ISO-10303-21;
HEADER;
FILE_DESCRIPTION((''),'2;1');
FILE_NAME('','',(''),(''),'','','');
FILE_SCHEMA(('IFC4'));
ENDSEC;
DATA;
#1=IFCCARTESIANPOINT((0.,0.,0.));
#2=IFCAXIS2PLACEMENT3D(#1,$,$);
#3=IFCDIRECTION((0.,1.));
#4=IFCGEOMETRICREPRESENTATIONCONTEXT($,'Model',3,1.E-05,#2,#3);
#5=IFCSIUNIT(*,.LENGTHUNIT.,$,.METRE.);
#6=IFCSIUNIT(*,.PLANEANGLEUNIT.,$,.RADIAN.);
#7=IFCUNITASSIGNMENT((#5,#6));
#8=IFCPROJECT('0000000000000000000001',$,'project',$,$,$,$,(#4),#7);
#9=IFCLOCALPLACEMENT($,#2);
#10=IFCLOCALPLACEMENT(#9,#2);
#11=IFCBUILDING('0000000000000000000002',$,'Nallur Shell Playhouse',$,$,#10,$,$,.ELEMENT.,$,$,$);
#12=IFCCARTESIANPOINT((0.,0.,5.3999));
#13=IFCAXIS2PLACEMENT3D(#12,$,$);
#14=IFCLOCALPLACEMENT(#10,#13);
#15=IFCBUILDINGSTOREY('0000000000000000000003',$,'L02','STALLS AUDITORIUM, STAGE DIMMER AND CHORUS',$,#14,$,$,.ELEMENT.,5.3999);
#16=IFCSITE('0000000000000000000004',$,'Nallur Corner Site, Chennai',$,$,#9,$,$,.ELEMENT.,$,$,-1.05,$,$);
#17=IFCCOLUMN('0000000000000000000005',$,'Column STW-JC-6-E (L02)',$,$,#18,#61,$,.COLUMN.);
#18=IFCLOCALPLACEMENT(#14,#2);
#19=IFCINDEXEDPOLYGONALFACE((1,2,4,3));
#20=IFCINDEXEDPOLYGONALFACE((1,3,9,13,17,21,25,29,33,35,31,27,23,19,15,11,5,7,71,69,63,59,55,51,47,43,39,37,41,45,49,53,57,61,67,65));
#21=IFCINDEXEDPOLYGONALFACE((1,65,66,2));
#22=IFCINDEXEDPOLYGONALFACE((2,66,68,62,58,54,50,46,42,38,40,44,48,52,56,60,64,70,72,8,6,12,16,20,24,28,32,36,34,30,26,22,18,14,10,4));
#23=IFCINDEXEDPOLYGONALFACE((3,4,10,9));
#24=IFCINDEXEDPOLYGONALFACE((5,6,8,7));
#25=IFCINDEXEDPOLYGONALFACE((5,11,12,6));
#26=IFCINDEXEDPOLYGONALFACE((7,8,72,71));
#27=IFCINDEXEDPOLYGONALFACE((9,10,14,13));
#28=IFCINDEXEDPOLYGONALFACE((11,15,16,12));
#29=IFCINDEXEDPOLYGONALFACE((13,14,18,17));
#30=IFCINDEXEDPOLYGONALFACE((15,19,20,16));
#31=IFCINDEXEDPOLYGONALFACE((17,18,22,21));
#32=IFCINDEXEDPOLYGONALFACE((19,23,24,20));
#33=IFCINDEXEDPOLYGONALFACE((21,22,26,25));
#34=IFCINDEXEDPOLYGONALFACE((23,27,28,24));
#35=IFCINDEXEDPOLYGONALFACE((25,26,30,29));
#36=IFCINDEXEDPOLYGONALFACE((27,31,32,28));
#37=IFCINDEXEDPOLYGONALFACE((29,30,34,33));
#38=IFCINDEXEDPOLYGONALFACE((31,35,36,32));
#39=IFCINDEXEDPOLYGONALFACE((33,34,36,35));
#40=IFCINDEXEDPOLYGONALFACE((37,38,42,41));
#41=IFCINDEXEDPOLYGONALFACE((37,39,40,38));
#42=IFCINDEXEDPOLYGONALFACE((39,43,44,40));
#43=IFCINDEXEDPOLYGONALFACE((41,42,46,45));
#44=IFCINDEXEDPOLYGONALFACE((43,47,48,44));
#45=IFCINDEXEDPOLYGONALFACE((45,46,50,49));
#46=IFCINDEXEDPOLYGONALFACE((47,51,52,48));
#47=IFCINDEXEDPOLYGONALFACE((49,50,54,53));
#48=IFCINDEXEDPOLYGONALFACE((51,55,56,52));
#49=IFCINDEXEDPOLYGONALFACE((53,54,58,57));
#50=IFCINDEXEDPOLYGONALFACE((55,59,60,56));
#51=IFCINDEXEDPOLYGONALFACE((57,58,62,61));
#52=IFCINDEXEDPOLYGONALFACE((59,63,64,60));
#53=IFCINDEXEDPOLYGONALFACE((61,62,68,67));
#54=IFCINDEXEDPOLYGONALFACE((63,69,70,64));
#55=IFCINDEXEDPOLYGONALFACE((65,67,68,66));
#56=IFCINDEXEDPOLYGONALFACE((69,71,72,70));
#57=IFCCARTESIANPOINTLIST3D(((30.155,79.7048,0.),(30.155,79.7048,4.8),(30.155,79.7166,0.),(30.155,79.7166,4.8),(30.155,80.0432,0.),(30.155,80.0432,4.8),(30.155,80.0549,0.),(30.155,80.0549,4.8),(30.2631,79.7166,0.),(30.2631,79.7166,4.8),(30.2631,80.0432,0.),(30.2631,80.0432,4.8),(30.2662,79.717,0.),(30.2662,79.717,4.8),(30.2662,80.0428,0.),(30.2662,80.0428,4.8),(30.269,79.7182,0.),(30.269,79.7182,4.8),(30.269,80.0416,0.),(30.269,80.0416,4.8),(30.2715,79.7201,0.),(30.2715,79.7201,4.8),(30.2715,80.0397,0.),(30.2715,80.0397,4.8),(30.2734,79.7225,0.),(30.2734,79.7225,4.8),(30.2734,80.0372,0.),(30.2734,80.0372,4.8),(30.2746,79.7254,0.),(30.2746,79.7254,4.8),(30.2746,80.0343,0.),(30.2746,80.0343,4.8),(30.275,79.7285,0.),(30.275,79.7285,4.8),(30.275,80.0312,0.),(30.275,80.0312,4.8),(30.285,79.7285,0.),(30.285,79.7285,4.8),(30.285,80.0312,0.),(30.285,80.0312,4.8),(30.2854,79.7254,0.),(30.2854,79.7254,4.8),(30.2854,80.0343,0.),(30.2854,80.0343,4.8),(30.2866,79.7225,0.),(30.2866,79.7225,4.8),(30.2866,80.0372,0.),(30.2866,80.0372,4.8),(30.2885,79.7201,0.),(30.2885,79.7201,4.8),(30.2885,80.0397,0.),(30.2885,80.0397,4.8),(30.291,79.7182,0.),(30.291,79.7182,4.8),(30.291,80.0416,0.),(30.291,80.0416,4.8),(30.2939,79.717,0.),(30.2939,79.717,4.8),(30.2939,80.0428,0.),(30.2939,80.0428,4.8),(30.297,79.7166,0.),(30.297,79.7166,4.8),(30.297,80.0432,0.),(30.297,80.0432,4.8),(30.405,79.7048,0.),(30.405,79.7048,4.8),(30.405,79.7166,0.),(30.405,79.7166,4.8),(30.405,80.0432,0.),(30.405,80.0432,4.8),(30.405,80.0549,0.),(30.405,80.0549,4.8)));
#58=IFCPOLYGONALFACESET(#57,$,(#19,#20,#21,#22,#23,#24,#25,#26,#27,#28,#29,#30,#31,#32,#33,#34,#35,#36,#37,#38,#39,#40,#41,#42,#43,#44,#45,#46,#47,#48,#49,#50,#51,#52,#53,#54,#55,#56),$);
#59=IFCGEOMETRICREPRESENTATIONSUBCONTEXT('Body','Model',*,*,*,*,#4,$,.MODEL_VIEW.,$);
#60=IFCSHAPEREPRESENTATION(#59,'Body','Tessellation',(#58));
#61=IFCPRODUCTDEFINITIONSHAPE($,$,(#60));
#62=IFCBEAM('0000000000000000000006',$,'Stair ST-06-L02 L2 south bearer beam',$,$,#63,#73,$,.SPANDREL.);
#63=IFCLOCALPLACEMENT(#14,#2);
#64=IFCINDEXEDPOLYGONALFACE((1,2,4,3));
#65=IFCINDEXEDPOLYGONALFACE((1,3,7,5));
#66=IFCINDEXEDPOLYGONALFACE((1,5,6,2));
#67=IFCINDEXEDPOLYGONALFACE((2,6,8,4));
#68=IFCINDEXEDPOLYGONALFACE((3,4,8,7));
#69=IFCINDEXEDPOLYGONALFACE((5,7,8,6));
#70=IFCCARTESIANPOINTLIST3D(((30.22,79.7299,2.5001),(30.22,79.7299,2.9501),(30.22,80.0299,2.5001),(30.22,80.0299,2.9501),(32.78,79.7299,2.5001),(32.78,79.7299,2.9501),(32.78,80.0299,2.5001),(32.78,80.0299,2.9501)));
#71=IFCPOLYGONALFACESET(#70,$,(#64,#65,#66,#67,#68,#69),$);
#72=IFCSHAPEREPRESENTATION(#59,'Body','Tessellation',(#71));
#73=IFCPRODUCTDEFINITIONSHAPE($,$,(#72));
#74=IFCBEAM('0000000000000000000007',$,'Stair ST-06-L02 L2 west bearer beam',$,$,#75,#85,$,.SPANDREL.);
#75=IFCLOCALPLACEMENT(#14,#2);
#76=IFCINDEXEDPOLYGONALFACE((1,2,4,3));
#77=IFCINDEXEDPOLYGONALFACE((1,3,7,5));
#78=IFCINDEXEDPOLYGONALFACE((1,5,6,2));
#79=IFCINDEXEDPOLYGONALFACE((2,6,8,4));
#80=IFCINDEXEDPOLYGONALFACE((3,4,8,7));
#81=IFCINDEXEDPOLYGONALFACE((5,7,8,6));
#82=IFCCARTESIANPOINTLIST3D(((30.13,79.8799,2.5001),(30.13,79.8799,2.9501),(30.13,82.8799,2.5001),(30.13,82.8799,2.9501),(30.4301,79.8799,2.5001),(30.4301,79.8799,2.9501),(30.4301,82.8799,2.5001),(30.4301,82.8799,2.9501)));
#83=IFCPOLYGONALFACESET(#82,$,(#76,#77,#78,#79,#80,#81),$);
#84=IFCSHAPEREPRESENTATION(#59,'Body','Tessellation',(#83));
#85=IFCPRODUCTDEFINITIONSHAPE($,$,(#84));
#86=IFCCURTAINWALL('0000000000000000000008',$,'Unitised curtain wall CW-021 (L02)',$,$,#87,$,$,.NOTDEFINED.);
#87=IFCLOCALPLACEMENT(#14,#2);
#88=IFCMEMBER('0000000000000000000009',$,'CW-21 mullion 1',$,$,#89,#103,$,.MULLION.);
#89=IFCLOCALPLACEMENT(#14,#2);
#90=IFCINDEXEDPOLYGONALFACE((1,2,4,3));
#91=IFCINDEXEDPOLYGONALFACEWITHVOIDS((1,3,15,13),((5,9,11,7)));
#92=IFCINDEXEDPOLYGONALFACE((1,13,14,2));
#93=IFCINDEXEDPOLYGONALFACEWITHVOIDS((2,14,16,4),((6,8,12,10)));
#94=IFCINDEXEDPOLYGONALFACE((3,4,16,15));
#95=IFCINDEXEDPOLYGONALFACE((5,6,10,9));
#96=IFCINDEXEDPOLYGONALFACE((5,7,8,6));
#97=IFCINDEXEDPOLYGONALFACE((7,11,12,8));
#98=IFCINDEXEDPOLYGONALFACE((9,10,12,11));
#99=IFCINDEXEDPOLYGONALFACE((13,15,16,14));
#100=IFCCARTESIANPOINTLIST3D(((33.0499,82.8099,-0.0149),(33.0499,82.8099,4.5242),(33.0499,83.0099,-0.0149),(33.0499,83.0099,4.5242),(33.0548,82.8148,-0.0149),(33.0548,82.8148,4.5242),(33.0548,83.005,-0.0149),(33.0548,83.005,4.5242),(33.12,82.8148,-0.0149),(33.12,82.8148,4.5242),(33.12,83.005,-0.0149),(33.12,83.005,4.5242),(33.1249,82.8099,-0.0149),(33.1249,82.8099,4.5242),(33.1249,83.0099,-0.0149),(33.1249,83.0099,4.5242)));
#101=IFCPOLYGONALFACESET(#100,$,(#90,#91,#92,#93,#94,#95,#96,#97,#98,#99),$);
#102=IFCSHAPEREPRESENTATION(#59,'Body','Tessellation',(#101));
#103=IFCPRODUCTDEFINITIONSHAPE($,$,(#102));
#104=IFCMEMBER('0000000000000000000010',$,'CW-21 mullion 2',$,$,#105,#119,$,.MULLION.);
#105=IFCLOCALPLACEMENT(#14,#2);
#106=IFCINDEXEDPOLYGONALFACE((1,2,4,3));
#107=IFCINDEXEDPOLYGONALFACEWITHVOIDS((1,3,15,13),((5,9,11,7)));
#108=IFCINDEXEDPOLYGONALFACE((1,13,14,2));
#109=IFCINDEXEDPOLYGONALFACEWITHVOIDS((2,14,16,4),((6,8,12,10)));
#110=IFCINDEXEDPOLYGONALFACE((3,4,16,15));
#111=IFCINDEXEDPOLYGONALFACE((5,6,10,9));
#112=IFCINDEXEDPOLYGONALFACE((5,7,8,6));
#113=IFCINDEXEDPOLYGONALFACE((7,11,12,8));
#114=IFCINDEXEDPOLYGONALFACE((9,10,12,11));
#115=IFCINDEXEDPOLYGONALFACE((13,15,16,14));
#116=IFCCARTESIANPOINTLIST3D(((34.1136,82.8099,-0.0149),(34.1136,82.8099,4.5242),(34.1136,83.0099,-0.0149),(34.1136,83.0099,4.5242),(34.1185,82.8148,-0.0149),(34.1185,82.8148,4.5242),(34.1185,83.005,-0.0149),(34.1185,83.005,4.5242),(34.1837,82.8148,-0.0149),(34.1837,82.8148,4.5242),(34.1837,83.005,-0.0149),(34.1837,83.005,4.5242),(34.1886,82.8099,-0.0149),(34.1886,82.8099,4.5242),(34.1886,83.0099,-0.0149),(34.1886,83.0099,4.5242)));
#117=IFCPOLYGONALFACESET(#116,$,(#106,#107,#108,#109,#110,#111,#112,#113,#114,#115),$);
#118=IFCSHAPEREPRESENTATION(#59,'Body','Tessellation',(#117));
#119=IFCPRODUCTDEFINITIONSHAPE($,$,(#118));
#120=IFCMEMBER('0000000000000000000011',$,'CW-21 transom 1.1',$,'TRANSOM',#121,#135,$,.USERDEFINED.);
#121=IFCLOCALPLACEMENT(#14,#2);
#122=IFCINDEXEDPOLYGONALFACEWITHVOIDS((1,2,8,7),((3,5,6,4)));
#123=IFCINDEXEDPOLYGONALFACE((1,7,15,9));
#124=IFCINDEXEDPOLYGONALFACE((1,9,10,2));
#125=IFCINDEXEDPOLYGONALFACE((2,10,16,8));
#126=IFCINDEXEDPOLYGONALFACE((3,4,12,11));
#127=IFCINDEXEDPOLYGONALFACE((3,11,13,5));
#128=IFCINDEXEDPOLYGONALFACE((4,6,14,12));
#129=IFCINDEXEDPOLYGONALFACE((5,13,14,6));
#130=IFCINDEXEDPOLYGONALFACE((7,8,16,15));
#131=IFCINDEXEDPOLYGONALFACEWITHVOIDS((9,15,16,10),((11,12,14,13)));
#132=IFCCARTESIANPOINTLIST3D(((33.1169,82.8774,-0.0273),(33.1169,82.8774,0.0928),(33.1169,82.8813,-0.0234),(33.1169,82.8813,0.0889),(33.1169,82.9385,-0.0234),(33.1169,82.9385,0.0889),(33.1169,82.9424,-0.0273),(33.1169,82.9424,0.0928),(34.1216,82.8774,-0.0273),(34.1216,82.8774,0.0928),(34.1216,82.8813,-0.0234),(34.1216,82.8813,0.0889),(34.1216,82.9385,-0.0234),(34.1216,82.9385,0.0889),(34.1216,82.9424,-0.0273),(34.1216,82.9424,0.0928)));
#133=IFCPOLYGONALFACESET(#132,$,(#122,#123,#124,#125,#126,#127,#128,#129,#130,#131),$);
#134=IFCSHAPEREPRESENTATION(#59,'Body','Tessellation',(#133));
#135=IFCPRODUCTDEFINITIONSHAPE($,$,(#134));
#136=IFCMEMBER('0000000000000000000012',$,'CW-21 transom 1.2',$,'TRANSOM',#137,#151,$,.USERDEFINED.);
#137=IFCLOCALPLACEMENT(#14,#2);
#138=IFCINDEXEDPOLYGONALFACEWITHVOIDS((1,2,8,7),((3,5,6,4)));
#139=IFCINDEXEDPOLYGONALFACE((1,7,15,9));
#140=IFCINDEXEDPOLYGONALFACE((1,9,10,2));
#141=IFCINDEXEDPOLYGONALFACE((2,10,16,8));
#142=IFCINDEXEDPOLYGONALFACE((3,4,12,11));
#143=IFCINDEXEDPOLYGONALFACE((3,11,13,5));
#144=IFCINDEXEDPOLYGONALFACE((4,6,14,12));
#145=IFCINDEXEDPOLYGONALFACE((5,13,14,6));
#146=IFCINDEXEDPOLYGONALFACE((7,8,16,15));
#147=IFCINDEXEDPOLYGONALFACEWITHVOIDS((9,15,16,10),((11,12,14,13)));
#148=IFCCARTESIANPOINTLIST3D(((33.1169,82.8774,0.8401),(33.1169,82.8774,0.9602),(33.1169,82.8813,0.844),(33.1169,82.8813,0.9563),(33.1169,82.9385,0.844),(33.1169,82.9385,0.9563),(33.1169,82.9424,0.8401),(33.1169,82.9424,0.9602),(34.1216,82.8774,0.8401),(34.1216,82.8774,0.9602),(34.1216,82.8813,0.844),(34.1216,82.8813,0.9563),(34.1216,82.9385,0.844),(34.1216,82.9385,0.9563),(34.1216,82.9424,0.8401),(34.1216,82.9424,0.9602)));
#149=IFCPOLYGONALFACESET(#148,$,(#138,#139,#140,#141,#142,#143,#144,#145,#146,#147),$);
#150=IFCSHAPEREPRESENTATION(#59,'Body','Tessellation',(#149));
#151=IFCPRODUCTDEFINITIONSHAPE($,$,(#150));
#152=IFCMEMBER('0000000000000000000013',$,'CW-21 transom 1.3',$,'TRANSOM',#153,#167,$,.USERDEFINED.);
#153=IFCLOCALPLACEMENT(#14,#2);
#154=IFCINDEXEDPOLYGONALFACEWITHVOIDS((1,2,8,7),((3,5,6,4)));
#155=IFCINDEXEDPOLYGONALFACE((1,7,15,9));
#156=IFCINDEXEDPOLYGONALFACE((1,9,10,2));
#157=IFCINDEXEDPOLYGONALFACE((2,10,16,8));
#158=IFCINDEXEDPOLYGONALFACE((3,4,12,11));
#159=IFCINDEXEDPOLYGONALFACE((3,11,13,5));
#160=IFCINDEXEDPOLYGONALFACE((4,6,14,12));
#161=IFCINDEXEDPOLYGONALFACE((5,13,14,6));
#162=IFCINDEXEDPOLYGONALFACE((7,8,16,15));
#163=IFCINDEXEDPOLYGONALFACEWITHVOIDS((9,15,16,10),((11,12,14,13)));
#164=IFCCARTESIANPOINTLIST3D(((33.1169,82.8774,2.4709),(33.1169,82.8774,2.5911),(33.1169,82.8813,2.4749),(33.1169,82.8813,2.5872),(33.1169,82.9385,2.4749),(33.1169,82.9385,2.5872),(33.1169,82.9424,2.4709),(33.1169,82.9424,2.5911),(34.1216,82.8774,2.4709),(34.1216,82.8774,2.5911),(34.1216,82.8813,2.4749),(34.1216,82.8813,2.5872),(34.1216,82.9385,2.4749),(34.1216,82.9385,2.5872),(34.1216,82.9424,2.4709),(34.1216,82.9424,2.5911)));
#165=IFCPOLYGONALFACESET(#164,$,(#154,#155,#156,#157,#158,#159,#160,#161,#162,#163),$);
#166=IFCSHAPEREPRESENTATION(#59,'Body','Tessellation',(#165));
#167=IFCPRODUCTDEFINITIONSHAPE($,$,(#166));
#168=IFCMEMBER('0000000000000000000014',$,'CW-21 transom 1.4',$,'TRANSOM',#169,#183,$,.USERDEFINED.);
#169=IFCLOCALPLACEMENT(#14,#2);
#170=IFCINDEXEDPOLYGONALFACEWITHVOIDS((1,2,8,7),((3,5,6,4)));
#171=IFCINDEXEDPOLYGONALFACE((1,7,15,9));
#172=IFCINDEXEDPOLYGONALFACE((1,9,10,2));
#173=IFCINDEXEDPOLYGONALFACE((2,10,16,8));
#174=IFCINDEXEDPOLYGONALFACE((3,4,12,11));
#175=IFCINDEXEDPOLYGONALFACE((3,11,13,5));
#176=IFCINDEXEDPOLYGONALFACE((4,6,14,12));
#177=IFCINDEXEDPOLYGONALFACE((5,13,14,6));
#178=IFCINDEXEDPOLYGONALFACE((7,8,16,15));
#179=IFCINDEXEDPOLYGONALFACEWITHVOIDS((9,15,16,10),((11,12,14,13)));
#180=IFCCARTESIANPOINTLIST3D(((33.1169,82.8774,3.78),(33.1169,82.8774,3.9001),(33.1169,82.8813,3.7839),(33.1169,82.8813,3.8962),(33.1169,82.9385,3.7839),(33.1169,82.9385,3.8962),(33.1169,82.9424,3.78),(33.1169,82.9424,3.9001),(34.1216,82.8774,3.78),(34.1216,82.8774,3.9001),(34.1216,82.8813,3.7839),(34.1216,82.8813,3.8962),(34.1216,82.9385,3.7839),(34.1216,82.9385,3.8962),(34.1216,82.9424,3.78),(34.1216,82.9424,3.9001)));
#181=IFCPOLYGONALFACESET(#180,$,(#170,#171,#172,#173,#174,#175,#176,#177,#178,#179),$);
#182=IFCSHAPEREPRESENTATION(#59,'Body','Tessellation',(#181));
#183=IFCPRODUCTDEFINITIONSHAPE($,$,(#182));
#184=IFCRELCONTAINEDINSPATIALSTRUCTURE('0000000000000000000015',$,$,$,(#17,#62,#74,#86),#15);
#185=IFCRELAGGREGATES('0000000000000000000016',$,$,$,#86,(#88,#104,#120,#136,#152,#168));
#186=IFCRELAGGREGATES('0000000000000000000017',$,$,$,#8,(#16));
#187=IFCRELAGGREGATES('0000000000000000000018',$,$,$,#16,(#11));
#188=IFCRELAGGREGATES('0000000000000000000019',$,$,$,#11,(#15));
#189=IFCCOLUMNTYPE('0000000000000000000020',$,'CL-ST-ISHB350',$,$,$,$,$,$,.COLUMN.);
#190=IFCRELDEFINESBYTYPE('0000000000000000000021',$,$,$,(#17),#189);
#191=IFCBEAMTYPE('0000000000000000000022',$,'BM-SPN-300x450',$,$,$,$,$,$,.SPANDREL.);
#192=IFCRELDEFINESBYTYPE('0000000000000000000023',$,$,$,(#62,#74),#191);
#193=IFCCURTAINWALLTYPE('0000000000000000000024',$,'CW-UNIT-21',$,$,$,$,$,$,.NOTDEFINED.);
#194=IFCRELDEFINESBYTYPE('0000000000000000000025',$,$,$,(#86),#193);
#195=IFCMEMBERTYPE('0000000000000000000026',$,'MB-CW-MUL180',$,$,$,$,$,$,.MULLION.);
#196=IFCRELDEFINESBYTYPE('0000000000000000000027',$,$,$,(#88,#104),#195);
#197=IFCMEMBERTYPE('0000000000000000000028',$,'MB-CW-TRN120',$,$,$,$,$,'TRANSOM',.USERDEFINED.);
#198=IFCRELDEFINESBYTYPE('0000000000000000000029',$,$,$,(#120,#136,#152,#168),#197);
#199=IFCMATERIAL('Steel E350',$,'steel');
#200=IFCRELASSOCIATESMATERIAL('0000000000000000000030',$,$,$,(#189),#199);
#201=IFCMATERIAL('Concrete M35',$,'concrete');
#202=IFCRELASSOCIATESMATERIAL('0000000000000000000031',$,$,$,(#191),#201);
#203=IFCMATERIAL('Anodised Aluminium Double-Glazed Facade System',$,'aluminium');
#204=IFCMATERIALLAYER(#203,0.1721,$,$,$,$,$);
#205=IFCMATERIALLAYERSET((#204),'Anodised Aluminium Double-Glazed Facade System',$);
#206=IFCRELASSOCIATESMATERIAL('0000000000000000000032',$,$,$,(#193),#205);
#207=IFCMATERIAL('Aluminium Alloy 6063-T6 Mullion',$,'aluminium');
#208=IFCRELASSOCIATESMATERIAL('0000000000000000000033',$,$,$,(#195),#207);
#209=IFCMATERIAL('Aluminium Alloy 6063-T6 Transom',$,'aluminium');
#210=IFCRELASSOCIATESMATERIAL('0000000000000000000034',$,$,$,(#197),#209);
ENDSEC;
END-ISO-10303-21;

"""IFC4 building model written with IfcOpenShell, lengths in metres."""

from ifc_helpers import new_model, si_unit, direction, frame, origin, origin_2d, place, context, subcontext, project, spatial, rectangle, hollow_rectangle, i_section, extrude, material, layer, layer_set, material_profile, profile_set, type_object, element, aggregate, save


model = new_model("IFC4")

# Units and contexts
model_context = context("Model", 3, precision=1e-05, world=origin(), true_north=direction((0.0, 1.0)))
body_context = subcontext(model_context, "Body", "Model", "MODEL_VIEW")
ifc_project = project(units=[si_unit("LENGTHUNIT", "METRE"), si_unit("PLANEANGLEUNIT", "RADIAN")], contexts=[model_context])

# Site, building, storey
site_placement = place(None, origin())
site = spatial("IfcSite", under=ifc_project, at=site_placement, Name="Nallur Corner Site, Chennai", CompositionType="ELEMENT", RefElevation=-1.05)
building_placement = place(site_placement, origin())
building = spatial("IfcBuilding", under=site, at=building_placement, Name="Nallur Shell Playhouse", CompositionType="ELEMENT")
storey_placement = place(building_placement, frame((0.0, 0.0, 5.3999)))
storey = spatial("IfcBuildingStorey", under=building, at=storey_placement, Name="L02", Description="STALLS AUDITORIUM, STAGE DIMMER AND CHORUS", CompositionType="ELEMENT", Elevation=5.3999)

# Column
ifc_material_1 = material(Name="Steel E350", Category="steel")
ifc_material_profile_1 = material_profile(ifc_material_1, i_section(OverallWidth=0.25, OverallDepth=0.3501, WebThickness=0.01, FlangeThickness=0.0117, FilletRadius=0.012, at=origin_2d()), Name="ISHB 350")
ifc_profile_set_1 = profile_set([ifc_material_profile_1], Name="Steel E350")
column_type = type_object("IfcColumnType", Name="CL-ST-ISHB350", PredefinedType="COLUMN", material=ifc_profile_set_1)
column_placement = place(storey_placement, frame((30.28, 79.8799, 0.0), z_axis=(0.0, 0.0, 1.0), x_axis=(1.0, 0.0, 0.0)))
element("IfcColumn", 1, at=column_placement, inside=storey, type_object=column_type, Name="Column STW-JC-6-E (L02)", PredefinedType="COLUMN", context=body_context, shape_type="SweptSolid", body=[
    extrude(i_section(OverallWidth=0.25, OverallDepth=0.3501, WebThickness=0.01, FlangeThickness=0.0117, FilletRadius=0.012, at=origin_2d()), origin(), (0.0, 0.0, 1.0), 4.8),
])

# Beams
ifc_material_2 = material(Name="Concrete M35", Category="concrete")
ifc_material_profile_2 = material_profile(ifc_material_2, rectangle(XDim=0.3, YDim=0.45, at=origin_2d()), Name="RC 300x450")
ifc_profile_set_2 = profile_set([ifc_material_profile_2], Name="Concrete M35")
beam_type = type_object("IfcBeamType", Name="BM-SPN-300x450", PredefinedType="SPANDREL", material=ifc_profile_set_2)
beam_1_placement = place(storey_placement, frame((30.22, 79.8799, 2.7251), z_axis=(1.0, 0.0, 0.0), x_axis=(0.0, 1.0, 0.0)))
element("IfcBeam", 2, at=beam_1_placement, inside=storey, type_object=beam_type, Name="Stair ST-06-L02 L2 south bearer beam", PredefinedType="SPANDREL", context=body_context, shape_type="SweptSolid", body=[
    extrude(rectangle(XDim=0.3, YDim=0.45, at=origin_2d()), origin(), (0.0, 0.0, 1.0), 2.5601),
])
beam_2_placement = place(storey_placement, frame((30.28, 79.8799, 2.7251), z_axis=(0.0, 1.0, 0.0), x_axis=(-1.0, 0.0, 0.0)))
element("IfcBeam", 3, at=beam_2_placement, inside=storey, type_object=beam_type, Name="Stair ST-06-L02 L2 west bearer beam", PredefinedType="SPANDREL", context=body_context, shape_type="SweptSolid", body=[
    extrude(rectangle(XDim=0.3, YDim=0.45, at=origin_2d()), origin(), (0.0, 0.0, 1.0), 3.0),
])

# Curtain wall, members
ifc_material_3 = material(Name="Anodised Aluminium Double-Glazed Facade System", Category="aluminium")
ifc_layer_1 = layer(ifc_material_3, 0.1721)
ifc_layer_set_1 = layer_set([ifc_layer_1], Name="Anodised Aluminium Double-Glazed Facade System")
curtain_wall_type = type_object("IfcCurtainWallType", Name="CW-UNIT-21", PredefinedType="NOTDEFINED", material=ifc_layer_set_1)
curtain_wall_placement = place(storey_placement, origin())
curtain_wall = element("IfcCurtainWall", 4, at=curtain_wall_placement, inside=storey, type_object=curtain_wall_type, Name="Unitised curtain wall CW-021 (L02)", PredefinedType="NOTDEFINED")
ifc_material_4 = material(Name="Aluminium Alloy 6063-T6 Mullion", Category="aluminium")
ifc_material_profile_3 = material_profile(ifc_material_4, hollow_rectangle(XDim=0.075, YDim=0.2, WallThickness=0.0049, at=origin_2d()), Name="ALU 75x200x5")
ifc_profile_set_3 = profile_set([ifc_material_profile_3], Name="Aluminium Alloy 6063-T6 Mullion")
member_type_1 = type_object("IfcMemberType", Name="MB-CW-MUL180", PredefinedType="MULLION", material=ifc_profile_set_3)
member_1_placement = place(storey_placement, frame((33.0874, 82.9099, -0.0149), z_axis=(0.0, 0.0, 1.0), x_axis=(1.0, 0.0, 0.0)))
member_1 = element("IfcMember", 5, at=member_1_placement, type_object=member_type_1, Name="CW-21 mullion 1", PredefinedType="MULLION", context=body_context, shape_type="SweptSolid", body=[
    extrude(hollow_rectangle(XDim=0.075, YDim=0.2, WallThickness=0.0049, at=origin_2d()), origin(), (0.0, 0.0, 1.0), 4.5391),
])
member_2_placement = place(storey_placement, frame((34.1511, 82.9099, -0.0149), z_axis=(0.0, 0.0, 1.0), x_axis=(1.0, 0.0, 0.0)))
member_2 = element("IfcMember", 6, at=member_2_placement, type_object=member_type_1, Name="CW-21 mullion 2", PredefinedType="MULLION", context=body_context, shape_type="SweptSolid", body=[
    extrude(hollow_rectangle(XDim=0.075, YDim=0.2, WallThickness=0.0049, at=origin_2d()), origin(), (0.0, 0.0, 1.0), 4.5391),
])
ifc_material_5 = material(Name="Aluminium Alloy 6063-T6 Transom", Category="aluminium")
ifc_material_profile_4 = material_profile(ifc_material_5, hollow_rectangle(XDim=0.0649, YDim=0.1201, WallThickness=0.0039, at=origin_2d()), Name="ALU 65x120x4")
ifc_profile_set_4 = profile_set([ifc_material_profile_4], Name="Aluminium Alloy 6063-T6 Transom")
member_type_2 = type_object("IfcMemberType", Name="MB-CW-TRN120", ElementType="TRANSOM", PredefinedType="USERDEFINED", material=ifc_profile_set_4)
member_3_placement = place(storey_placement, frame((33.1169, 82.9099, 0.0327), z_axis=(1.0, 0.0, 0.0), x_axis=(0.0, 1.0, 0.0)))
member_3 = element("IfcMember", 7, at=member_3_placement, type_object=member_type_2, Name="CW-21 transom 1.1", ObjectType="TRANSOM", PredefinedType="USERDEFINED", context=body_context, shape_type="SweptSolid", body=[
    extrude(hollow_rectangle(XDim=0.0649, YDim=0.1201, WallThickness=0.0039, at=origin_2d()), origin(), (0.0, 0.0, 1.0), 1.0046),
])
member_4_placement = place(storey_placement, frame((33.1169, 82.9099, 0.9001), z_axis=(1.0, 0.0, 0.0), x_axis=(0.0, 1.0, 0.0)))
member_4 = element("IfcMember", 8, at=member_4_placement, type_object=member_type_2, Name="CW-21 transom 1.2", ObjectType="TRANSOM", PredefinedType="USERDEFINED", context=body_context, shape_type="SweptSolid", body=[
    extrude(hollow_rectangle(XDim=0.0649, YDim=0.1201, WallThickness=0.0039, at=origin_2d()), origin(), (0.0, 0.0, 1.0), 1.0046),
])
member_5_placement = place(storey_placement, frame((33.1169, 82.9099, 2.531), z_axis=(1.0, 0.0, 0.0), x_axis=(0.0, 1.0, 0.0)))
member_5 = element("IfcMember", 9, at=member_5_placement, type_object=member_type_2, Name="CW-21 transom 1.3", ObjectType="TRANSOM", PredefinedType="USERDEFINED", context=body_context, shape_type="SweptSolid", body=[
    extrude(hollow_rectangle(XDim=0.0649, YDim=0.1201, WallThickness=0.0039, at=origin_2d()), origin(), (0.0, 0.0, 1.0), 1.0046),
])
member_6_placement = place(storey_placement, frame((33.1169, 82.9099, 3.8401), z_axis=(1.0, 0.0, 0.0), x_axis=(0.0, 1.0, 0.0)))
member_6 = element("IfcMember", 10, at=member_6_placement, type_object=member_type_2, Name="CW-21 transom 1.4", ObjectType="TRANSOM", PredefinedType="USERDEFINED", context=body_context, shape_type="SweptSolid", body=[
    extrude(hollow_rectangle(XDim=0.0649, YDim=0.1201, WallThickness=0.0039, at=origin_2d()), origin(), (0.0, 0.0, 1.0), 1.0046),
])
aggregate(curtain_wall, [member_1, member_2, member_3, member_4, member_5, member_6])

save(model, "model.ifc")
